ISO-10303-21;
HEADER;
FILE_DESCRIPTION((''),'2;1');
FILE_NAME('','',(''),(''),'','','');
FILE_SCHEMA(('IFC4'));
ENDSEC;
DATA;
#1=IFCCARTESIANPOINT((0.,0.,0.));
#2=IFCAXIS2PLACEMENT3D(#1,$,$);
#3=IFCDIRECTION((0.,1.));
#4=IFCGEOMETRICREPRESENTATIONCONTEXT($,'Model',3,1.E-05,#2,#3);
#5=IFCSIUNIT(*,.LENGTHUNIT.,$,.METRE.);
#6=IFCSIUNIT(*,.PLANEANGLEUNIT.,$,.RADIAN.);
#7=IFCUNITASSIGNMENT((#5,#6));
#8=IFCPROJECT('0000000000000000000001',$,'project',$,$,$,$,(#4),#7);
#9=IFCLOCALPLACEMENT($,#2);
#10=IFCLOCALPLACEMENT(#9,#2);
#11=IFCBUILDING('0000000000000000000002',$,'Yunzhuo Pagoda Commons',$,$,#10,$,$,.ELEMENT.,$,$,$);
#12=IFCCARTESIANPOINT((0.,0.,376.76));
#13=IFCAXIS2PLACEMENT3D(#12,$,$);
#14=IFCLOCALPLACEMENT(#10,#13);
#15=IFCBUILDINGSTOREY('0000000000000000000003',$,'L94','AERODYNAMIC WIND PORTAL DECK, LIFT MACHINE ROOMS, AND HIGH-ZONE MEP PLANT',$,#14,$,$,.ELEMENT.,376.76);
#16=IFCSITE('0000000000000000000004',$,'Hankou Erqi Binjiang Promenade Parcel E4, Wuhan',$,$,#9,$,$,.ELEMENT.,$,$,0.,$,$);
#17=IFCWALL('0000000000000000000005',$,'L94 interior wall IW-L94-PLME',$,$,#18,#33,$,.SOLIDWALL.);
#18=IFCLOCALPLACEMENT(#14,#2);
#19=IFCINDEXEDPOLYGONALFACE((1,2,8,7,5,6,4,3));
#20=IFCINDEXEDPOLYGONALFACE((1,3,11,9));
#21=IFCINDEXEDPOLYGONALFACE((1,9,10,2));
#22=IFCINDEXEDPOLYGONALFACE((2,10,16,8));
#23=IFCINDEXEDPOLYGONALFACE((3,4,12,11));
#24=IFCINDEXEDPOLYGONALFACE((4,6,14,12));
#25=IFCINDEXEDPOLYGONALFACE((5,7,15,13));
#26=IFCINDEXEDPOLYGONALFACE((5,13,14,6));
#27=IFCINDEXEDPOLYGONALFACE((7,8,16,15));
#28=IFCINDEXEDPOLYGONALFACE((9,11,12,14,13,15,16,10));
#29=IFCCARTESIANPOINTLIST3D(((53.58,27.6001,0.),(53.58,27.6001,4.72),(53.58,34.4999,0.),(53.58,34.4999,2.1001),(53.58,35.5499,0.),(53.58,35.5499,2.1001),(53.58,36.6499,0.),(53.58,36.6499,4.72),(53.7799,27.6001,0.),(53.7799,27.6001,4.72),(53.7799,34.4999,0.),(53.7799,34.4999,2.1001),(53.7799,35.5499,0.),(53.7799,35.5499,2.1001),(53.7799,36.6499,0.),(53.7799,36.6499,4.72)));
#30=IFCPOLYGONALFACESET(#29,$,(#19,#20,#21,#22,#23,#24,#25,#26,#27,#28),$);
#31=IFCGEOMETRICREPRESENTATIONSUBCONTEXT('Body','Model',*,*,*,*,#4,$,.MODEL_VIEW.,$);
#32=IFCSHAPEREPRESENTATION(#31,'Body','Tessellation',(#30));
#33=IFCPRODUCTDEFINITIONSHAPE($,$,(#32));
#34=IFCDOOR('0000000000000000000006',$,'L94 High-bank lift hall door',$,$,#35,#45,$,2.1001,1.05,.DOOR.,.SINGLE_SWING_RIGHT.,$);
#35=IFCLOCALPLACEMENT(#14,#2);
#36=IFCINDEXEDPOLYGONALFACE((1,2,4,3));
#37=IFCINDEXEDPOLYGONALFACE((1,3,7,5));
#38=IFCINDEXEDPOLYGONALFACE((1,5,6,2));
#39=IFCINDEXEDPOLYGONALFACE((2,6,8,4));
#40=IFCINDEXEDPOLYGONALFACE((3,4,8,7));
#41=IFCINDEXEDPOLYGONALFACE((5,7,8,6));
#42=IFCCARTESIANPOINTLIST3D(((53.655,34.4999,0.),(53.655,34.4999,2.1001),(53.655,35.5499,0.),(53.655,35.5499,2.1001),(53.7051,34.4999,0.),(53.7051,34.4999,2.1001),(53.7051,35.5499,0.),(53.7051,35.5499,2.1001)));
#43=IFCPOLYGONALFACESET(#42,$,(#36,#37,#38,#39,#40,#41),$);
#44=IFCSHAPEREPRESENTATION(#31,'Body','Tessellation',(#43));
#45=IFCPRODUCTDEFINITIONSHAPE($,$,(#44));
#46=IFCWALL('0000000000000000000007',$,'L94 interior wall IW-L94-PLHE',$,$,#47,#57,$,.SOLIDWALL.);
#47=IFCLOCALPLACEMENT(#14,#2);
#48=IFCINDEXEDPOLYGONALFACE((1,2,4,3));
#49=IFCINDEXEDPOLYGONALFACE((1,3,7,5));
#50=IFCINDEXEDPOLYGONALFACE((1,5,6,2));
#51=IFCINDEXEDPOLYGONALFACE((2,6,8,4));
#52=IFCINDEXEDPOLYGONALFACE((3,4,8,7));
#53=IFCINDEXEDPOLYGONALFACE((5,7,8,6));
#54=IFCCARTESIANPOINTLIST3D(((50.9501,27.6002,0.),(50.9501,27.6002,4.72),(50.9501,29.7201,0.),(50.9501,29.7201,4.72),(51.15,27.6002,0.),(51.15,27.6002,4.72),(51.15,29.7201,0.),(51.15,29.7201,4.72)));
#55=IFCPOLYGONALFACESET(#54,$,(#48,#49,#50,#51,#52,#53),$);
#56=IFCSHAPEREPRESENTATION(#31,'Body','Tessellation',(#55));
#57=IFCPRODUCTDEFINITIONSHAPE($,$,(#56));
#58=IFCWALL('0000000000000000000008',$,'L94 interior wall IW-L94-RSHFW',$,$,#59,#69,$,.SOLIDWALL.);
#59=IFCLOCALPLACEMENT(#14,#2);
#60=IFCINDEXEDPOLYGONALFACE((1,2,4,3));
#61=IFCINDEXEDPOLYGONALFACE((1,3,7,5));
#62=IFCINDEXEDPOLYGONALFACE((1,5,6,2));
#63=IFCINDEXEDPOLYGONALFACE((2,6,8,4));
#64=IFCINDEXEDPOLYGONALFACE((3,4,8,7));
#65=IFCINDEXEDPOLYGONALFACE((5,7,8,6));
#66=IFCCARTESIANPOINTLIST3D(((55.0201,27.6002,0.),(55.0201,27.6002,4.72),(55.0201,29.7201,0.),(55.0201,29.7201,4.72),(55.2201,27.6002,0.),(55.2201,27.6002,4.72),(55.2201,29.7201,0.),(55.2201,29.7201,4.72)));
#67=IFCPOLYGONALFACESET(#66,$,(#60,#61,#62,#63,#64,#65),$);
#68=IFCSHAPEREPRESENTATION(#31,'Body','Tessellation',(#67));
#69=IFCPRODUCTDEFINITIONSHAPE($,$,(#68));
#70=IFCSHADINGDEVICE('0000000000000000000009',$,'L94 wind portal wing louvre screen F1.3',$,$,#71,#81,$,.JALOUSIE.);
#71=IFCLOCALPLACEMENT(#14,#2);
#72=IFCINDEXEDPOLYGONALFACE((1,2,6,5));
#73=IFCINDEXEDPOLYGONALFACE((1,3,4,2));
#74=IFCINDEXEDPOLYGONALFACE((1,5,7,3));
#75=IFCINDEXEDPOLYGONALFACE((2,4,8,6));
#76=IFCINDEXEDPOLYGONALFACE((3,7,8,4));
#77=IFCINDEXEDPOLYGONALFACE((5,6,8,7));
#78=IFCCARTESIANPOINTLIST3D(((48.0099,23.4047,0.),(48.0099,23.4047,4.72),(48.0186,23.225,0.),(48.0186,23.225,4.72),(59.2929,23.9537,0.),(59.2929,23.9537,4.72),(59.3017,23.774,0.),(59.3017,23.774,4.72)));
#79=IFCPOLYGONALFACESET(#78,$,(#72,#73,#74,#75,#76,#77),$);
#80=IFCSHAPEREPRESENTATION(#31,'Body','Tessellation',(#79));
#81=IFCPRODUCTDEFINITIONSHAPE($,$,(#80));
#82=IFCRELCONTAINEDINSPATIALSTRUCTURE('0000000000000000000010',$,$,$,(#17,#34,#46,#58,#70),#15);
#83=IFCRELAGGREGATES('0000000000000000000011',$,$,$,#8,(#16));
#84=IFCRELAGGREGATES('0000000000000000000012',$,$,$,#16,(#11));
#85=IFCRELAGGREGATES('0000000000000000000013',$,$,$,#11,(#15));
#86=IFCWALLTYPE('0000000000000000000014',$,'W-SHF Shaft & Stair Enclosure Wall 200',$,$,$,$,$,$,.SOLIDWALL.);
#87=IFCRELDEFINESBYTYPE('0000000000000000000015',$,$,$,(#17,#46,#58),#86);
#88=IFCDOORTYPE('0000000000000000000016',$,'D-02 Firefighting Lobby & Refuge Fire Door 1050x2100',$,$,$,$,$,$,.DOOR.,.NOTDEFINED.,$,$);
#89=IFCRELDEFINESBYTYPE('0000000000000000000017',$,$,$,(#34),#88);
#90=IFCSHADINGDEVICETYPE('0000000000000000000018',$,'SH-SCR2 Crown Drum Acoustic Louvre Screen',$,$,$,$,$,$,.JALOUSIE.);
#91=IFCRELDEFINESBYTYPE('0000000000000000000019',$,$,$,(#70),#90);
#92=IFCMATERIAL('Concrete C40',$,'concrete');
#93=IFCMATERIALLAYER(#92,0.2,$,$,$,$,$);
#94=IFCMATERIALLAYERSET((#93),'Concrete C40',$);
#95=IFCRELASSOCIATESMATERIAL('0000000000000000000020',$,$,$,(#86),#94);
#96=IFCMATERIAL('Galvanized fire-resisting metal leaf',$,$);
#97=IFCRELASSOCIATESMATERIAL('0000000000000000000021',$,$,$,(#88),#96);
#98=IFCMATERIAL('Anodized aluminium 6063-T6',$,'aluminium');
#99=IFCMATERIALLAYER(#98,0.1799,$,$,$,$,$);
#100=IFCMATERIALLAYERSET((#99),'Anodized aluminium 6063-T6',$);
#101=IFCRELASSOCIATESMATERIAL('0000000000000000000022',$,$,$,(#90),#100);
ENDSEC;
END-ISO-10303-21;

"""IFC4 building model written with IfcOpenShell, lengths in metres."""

from ifc_helpers import new_model, si_unit, direction, frame, frame_2d, origin, origin_with_axes, origin_2d, place, context, subcontext, project, spatial, rectangle, extrude, source, transform, mapped, material, layer, layer_set, type_object, element, fill, save


model = new_model("IFC4")

# Units and contexts
model_context = context("Model", 3, precision=1e-05, world=origin(), true_north=direction((0.0, 1.0)))
body_context = subcontext(model_context, "Body", "Model", "MODEL_VIEW")
ifc_project = project(units=[si_unit("LENGTHUNIT", "METRE"), si_unit("PLANEANGLEUNIT", "RADIAN")], contexts=[model_context])

# Site, building, storey
site_placement = place(None, origin())
site = spatial("IfcSite", under=ifc_project, at=site_placement, Name="Hankou Erqi Binjiang Promenade Parcel E4, Wuhan", CompositionType="ELEMENT", RefElevation=0.0)
building_placement = place(site_placement, origin())
building = spatial("IfcBuilding", under=site, at=building_placement, Name="Yunzhuo Pagoda Commons", CompositionType="ELEMENT")
storey_placement = place(building_placement, frame((0.0, 0.0, 376.76)))
storey = spatial("IfcBuildingStorey", under=building, at=storey_placement, Name="L94", Description="AERODYNAMIC WIND PORTAL DECK, LIFT MACHINE ROOMS, AND HIGH-ZONE MEP PLANT", CompositionType="ELEMENT", Elevation=376.76)

# Shared definitions
ifc_material_1 = material(Name="Galvanized fire-resisting metal leaf")

# Wall, opening, door
ifc_material_2 = material(Name="Concrete C40", Category="concrete")
ifc_layer_1 = layer(ifc_material_2, 0.2)
ifc_layer_set_1 = layer_set([ifc_layer_1], Name="Concrete C40")
wall_type_1 = type_object("IfcWallType", Name="W-SHF Shaft & Stair Enclosure Wall 200", PredefinedType="SOLIDWALL", material=ifc_layer_set_1)
wall_1_placement = place(storey_placement, frame((53.6799, 27.6001, 0.0), z_axis=(0.0, 0.0, 1.0), x_axis=(0.0, 1.0, 0.0)))
wall_1 = element("IfcWall", 1, at=wall_1_placement, inside=storey, type_object=wall_type_1, Name="L94 interior wall IW-L94-PLME", PredefinedType="SOLIDWALL", context=body_context, shape_type="SweptSolid", body=[
    extrude(rectangle(XDim=9.0498, YDim=0.2, at=frame_2d((4.5249, 0.0))), origin(), (0.0, 0.0, 1.0), 4.72),
])
opening_1_placement = place(wall_1_placement, frame((6.8999, 0.0, 0.0)))
opening_1 = element("IfcOpeningElement", 2, at=opening_1_placement, cuts=wall_1, PredefinedType="OPENING", context=body_context, shape_type="SweptSolid", body=[
    extrude(rectangle(XDim=1.05, YDim=2.1001, at=frame_2d((0.5249, 1.05))), frame((0.0, 0.1099, 0.0), z_axis=(0.0, -1.0, 0.0), x_axis=(1.0, 0.0, 0.0)), (0.0, 0.0, 1.0), 0.22),
])
door_type_1 = type_object("IfcDoorType", Name="D-02 Firefighting Lobby & Refuge Fire Door 1050x2100", OperationType="NOTDEFINED", PredefinedType="DOOR", material=ifc_material_1)
shared_shape_1 = source(origin(), body_context, "Body", "SweptSolid", [
    extrude(rectangle(XDim=1.05, YDim=2.1001, at=frame_2d((0.5249, 1.05))), frame((0.0, 0.0249, 0.0), z_axis=(0.0, -1.0, 0.0), x_axis=(1.0, 0.0, 0.0)), (0.0, 0.0, 1.0), 0.05),
])
door_1_placement = place(opening_1_placement, origin_with_axes())
door_1 = element("IfcDoor", 3, at=door_1_placement, inside=storey, type_object=door_type_1, Name="L94 High-bank lift hall door", OperationType="SINGLE_SWING_RIGHT", OverallHeight=2.1001, OverallWidth=1.05, PredefinedType="DOOR", context=body_context, shape_type="MappedRepresentation", body=[
    mapped(shared_shape_1, transform((0.0, 0.0, 0.0), scale=1.0)),
])
fill(opening_1, door_1)

# Walls
for number, where, z_axis, x_axis, name in (
    (4, (51.05, 27.6001, 0.0), (0.0, 0.0, 1.0), (0.0, 1.0, 0.0), "L94 interior wall IW-L94-PLHE"),
    (5, (55.1201, 27.6001, 0.0), (0.0, 0.0, 1.0), (0.0, 1.0, 0.0), "L94 interior wall IW-L94-RSHFW"),
):
    element("IfcWall", number, at=place(storey_placement, frame(where, z_axis=z_axis, x_axis=x_axis)), inside=storey, type_object=wall_type_1, Name=name, PredefinedType="SOLIDWALL", context=body_context, shape_type="SweptSolid", body=[
        extrude(rectangle(XDim=2.1199, YDim=0.2, at=frame_2d((1.0601, 0.0))), origin(), (0.0, 0.0, 1.0), 4.72),
    ])

# Shading device
ifc_material_3 = material(Name="Anodized aluminium 6063-T6", Category="aluminium")
ifc_layer_2 = layer(ifc_material_3, 0.1799)
ifc_layer_set_2 = layer_set([ifc_layer_2], Name="Anodized aluminium 6063-T6")
shading_device_type = type_object("IfcShadingDeviceType", Name="SH-SCR2 Crown Drum Acoustic Louvre Screen", PredefinedType="JALOUSIE", material=ifc_layer_set_2)
shared_shape_2 = source(origin(), body_context, "Body", "SweptSolid", [
    extrude(rectangle(XDim=11.2964, YDim=0.1799, at=origin_2d()), origin(), (0.0, 0.0, 1.0), 4.72),
])
shading_device_placement = place(storey_placement, frame((53.6558, 23.5894, 0.0), z_axis=(0.0, 0.0, 1.0), x_axis=(0.998818, 0.048606, 0.0)))
element("IfcShadingDevice", 6, at=shading_device_placement, inside=storey, type_object=shading_device_type, Name="L94 wind portal wing louvre screen F1.3", PredefinedType="JALOUSIE", context=body_context, shape_type="MappedRepresentation", body=[
    mapped(shared_shape_2, transform((0.0, 0.0, 0.0), scale=1.0)),
])

save(model, "model.ifc")
